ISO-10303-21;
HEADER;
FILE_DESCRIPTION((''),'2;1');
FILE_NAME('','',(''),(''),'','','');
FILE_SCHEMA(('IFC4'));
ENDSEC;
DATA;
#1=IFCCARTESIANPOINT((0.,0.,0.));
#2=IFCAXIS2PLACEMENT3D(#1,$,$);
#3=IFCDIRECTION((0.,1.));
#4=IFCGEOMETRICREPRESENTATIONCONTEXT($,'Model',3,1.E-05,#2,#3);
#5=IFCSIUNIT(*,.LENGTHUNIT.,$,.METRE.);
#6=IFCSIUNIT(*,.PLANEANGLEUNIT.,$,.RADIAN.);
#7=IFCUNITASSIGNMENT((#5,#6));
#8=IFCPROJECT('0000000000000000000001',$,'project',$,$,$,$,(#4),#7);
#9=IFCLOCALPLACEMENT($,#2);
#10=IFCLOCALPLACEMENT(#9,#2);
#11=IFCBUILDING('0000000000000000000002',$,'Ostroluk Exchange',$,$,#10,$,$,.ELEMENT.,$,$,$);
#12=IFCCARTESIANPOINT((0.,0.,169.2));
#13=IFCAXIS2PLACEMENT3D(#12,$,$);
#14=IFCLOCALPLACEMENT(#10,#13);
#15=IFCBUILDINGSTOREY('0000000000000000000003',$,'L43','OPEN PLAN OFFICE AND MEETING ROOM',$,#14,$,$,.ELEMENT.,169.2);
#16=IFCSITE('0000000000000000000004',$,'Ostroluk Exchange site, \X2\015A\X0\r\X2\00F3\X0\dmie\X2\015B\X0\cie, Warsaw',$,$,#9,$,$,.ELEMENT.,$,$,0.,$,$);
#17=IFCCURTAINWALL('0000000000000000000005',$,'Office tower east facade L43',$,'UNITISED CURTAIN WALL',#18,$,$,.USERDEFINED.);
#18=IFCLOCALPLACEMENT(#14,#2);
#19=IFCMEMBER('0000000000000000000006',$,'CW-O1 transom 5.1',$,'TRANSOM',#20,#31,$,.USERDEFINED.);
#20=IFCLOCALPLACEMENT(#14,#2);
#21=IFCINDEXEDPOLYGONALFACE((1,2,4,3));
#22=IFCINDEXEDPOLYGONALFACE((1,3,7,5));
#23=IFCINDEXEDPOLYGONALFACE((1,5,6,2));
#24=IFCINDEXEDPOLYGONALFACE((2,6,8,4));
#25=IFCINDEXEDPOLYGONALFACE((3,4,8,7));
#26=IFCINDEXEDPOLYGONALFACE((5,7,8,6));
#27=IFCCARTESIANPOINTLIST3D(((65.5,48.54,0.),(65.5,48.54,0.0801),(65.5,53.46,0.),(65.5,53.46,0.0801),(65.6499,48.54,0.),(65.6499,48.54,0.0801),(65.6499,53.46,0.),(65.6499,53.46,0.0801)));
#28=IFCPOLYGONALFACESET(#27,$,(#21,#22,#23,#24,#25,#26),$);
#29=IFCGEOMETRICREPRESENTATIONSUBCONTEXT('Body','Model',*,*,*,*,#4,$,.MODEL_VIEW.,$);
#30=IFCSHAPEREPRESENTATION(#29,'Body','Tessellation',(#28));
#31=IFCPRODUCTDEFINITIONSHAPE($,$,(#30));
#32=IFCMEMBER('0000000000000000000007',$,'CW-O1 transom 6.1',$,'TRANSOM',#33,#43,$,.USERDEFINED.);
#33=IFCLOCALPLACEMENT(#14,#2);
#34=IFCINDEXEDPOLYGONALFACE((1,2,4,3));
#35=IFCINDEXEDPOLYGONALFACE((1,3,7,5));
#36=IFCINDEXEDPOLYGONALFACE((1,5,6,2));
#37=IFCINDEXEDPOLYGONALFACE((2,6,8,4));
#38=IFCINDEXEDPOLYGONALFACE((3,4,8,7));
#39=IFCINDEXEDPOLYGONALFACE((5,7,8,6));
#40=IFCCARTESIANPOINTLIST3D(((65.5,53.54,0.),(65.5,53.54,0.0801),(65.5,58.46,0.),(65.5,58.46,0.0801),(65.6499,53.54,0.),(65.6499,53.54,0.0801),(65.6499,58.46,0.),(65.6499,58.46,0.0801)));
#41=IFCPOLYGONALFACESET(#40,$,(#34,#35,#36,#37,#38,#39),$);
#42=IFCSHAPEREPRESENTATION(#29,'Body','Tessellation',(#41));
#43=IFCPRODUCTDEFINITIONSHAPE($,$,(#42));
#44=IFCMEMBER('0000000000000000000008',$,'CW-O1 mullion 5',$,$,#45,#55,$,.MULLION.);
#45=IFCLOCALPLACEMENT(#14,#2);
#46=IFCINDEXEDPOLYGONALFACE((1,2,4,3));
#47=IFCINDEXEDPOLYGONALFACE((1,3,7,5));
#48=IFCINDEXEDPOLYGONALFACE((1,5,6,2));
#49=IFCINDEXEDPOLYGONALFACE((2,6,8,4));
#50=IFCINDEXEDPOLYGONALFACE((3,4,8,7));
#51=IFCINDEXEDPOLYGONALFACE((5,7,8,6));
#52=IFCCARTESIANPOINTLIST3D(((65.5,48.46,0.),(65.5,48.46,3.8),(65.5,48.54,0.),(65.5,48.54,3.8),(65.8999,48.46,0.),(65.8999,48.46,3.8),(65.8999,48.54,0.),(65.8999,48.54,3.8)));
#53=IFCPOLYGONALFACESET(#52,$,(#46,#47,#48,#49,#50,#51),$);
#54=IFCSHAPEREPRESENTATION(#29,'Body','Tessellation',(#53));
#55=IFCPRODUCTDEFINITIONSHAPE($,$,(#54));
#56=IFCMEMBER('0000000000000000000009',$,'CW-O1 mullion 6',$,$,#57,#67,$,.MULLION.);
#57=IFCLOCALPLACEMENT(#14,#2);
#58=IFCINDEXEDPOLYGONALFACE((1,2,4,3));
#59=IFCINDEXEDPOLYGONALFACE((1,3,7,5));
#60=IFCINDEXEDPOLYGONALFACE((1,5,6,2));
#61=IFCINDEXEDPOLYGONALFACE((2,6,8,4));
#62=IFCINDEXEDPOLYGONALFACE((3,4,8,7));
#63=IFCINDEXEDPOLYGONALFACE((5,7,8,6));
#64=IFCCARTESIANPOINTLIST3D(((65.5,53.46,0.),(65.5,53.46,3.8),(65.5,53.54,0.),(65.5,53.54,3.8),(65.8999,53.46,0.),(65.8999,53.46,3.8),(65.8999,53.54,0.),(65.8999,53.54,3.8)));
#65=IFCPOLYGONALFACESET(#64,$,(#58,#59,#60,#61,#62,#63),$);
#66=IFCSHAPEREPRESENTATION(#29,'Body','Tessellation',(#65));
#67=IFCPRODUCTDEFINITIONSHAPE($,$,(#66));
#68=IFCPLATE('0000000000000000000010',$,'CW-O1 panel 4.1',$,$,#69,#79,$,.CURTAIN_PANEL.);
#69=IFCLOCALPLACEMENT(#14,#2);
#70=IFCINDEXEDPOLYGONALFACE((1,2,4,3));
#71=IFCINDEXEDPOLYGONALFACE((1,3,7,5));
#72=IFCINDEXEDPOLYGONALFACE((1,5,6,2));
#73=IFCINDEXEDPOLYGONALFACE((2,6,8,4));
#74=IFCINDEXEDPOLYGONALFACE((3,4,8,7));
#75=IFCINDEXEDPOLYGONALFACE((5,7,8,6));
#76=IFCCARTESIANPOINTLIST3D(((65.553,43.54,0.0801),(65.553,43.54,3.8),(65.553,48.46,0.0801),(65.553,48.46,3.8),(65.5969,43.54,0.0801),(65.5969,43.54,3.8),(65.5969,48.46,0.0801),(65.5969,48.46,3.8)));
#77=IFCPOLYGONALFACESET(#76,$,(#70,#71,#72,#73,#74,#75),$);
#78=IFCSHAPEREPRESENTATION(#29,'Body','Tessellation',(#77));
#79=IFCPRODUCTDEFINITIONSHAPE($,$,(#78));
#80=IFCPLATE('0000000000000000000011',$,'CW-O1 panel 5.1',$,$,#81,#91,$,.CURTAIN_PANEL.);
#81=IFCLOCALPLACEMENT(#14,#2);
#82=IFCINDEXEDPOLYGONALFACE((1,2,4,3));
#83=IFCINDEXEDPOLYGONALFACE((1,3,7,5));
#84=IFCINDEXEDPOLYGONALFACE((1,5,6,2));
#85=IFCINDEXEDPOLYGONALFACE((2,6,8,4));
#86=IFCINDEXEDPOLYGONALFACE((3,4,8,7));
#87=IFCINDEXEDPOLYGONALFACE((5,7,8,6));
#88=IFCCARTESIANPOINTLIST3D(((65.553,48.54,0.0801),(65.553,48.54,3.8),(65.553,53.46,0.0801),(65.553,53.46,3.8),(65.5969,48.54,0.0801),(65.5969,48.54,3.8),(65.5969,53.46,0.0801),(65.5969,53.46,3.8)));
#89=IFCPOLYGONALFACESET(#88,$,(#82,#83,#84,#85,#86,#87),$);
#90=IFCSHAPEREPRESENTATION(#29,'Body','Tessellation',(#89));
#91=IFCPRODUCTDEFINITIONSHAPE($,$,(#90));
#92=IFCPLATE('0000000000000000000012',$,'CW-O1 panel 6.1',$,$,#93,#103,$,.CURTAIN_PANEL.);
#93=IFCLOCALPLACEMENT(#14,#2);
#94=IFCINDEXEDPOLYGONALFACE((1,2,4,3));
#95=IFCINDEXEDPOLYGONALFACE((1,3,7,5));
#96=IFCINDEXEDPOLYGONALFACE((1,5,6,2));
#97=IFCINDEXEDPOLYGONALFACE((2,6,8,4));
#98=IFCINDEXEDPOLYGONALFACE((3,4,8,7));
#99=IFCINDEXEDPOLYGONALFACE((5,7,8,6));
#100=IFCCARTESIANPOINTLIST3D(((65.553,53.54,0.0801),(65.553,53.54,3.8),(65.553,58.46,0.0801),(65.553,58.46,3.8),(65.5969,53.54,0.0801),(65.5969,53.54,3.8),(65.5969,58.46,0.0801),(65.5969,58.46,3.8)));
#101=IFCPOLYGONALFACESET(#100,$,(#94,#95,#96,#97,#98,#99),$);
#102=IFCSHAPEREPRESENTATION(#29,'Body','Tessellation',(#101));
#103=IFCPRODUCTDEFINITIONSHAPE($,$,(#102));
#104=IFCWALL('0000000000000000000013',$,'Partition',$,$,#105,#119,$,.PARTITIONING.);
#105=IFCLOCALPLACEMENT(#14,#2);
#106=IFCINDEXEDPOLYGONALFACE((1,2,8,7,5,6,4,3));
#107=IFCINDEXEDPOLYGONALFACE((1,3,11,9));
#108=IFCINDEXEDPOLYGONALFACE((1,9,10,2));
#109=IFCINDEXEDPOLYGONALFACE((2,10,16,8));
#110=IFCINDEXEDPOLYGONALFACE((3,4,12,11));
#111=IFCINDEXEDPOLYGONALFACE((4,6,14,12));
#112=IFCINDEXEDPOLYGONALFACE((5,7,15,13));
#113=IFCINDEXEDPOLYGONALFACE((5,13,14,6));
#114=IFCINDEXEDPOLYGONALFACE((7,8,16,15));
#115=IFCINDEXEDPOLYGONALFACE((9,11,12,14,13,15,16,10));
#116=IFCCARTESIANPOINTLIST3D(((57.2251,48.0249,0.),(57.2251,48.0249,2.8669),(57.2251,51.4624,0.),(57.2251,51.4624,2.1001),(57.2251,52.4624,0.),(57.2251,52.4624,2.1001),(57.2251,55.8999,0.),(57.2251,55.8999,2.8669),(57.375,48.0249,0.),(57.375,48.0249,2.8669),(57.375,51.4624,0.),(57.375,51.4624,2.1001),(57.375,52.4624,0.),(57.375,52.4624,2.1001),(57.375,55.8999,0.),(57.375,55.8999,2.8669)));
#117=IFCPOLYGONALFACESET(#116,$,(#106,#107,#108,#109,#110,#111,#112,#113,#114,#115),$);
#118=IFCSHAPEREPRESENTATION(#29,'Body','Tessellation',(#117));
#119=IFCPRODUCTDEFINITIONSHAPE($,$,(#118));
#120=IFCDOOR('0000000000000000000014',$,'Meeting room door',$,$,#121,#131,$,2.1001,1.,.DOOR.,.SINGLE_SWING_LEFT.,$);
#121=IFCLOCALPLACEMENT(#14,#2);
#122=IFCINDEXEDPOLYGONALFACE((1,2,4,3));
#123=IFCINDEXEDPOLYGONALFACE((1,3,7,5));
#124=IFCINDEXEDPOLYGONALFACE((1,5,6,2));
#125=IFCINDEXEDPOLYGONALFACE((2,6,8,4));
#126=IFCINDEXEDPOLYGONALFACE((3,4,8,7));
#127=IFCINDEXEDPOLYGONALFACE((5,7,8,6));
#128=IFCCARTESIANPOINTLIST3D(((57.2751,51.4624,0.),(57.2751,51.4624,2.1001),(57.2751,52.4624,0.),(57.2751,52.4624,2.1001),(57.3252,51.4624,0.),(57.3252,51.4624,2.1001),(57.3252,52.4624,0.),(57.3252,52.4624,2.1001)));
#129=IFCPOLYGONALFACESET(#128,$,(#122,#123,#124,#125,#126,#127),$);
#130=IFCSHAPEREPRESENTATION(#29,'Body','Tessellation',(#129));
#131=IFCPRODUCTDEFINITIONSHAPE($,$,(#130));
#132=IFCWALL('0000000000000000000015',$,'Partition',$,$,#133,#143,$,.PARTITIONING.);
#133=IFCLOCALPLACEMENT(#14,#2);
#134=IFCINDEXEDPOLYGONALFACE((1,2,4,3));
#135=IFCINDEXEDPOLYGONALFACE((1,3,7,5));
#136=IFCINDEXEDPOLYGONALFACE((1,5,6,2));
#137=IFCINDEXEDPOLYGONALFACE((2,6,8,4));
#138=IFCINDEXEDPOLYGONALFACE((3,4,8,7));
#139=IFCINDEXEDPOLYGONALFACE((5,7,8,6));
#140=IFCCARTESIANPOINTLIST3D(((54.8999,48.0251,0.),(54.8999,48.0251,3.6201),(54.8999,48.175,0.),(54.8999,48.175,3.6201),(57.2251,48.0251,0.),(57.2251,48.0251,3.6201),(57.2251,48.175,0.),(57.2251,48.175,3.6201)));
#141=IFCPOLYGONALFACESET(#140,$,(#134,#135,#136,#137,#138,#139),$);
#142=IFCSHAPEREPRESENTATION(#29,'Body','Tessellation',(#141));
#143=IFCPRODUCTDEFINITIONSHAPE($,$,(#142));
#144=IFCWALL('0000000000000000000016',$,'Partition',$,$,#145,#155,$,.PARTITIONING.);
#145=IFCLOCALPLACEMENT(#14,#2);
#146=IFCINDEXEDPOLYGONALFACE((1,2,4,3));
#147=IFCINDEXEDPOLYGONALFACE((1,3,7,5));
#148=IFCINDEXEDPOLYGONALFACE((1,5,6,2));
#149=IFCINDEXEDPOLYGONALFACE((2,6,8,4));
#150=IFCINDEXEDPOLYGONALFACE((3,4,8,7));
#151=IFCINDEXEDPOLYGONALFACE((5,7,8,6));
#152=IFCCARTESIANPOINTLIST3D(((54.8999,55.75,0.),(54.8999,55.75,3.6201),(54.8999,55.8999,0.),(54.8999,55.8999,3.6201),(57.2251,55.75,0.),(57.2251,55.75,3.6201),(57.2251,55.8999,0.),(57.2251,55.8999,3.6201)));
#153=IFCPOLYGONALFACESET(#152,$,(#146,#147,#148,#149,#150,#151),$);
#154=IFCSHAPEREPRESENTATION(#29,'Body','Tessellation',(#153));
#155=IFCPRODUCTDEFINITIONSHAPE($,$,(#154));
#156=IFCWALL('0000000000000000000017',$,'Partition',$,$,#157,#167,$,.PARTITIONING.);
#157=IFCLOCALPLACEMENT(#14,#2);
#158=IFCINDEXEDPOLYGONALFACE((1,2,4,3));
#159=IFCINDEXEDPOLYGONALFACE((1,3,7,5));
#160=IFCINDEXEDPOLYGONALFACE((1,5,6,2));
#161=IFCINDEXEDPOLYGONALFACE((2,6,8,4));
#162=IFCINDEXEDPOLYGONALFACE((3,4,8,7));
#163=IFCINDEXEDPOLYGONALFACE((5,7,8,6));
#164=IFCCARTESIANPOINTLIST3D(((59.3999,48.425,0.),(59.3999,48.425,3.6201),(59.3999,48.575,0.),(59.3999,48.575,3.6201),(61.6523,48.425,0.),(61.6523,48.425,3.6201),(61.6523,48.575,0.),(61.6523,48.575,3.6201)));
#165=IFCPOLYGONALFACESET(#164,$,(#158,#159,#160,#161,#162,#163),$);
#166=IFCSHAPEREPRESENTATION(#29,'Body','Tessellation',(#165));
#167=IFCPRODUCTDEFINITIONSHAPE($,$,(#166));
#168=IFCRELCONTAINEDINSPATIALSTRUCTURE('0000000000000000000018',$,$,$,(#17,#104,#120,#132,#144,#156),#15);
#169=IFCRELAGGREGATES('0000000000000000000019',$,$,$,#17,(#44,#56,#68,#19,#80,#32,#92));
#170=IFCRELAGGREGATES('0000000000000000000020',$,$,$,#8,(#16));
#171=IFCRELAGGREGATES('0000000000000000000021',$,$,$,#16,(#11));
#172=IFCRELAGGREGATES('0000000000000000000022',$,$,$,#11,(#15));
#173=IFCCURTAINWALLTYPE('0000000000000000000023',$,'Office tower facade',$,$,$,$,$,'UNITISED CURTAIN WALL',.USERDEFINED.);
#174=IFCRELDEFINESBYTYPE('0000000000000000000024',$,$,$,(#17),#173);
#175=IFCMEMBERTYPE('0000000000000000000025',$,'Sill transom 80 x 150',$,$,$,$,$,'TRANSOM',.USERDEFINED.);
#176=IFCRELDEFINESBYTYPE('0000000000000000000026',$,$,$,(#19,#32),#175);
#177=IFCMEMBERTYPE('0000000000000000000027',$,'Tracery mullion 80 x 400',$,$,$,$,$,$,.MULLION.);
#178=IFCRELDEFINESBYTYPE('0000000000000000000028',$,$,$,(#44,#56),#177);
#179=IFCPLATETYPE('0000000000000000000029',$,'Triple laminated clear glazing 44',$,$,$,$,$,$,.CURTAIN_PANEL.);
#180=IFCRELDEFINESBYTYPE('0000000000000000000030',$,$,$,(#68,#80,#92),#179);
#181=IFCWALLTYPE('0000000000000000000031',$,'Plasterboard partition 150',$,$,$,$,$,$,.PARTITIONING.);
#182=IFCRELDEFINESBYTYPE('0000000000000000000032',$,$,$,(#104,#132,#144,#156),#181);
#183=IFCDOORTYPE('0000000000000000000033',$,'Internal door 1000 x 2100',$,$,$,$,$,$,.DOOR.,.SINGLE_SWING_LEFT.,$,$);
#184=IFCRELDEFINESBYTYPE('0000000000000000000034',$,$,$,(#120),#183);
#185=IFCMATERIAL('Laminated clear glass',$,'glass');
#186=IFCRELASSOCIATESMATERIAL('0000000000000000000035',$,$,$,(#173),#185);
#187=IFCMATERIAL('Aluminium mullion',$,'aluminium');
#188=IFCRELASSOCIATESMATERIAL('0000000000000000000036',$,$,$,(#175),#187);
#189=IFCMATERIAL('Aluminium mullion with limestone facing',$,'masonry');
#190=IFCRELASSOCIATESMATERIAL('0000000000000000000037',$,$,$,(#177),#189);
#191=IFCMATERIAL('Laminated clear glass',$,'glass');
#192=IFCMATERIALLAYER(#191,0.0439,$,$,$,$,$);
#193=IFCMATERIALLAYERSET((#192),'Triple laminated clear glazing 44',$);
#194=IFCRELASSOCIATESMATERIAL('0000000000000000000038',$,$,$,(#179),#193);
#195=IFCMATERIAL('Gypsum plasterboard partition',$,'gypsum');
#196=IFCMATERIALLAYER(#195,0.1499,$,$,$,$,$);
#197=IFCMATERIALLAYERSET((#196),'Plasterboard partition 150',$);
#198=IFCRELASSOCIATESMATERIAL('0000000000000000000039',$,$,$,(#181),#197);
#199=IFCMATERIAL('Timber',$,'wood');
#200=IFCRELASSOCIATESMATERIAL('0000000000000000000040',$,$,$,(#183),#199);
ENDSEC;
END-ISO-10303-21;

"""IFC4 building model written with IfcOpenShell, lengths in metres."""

from ifc_helpers import new_model, si_unit, direction, frame, frame_2d, origin, origin_2d, place, context, subcontext, project, spatial, rectangle, extrude, material, layer, layer_set, material_profile, profile_set, type_object, element, fill, aggregate, save


model = new_model("IFC4")

# Units and contexts
model_context = context("Model", 3, precision=1e-05, world=origin(), true_north=direction((0.0, 1.0)))
body_context = subcontext(model_context, "Body", "Model", "MODEL_VIEW")
ifc_project = project(units=[si_unit("LENGTHUNIT", "METRE"), si_unit("PLANEANGLEUNIT", "RADIAN")], contexts=[model_context])

# Site, building, storey
site_placement = place(None, origin())
site = spatial("IfcSite", under=ifc_project, at=site_placement, Name="Ostroluk Exchange site, Śródmieście, Warsaw", CompositionType="ELEMENT", RefElevation=0.0)
building_placement = place(site_placement, origin())
building = spatial("IfcBuilding", under=site, at=building_placement, Name="Ostroluk Exchange", CompositionType="ELEMENT")
storey_placement = place(building_placement, frame((0.0, 0.0, 169.2)))
storey = spatial("IfcBuildingStorey", under=building, at=storey_placement, Name="L43", Description="OPEN PLAN OFFICE AND MEETING ROOM", CompositionType="ELEMENT", Elevation=169.2)

# Curtain wall, members, plates
ifc_material_1 = material(Name="Laminated clear glass", Category="glass")
curtain_wall_type = type_object("IfcCurtainWallType", Name="Office tower facade", ElementType="UNITISED CURTAIN WALL", PredefinedType="USERDEFINED", material=ifc_material_1)
curtain_wall_placement = place(storey_placement, origin())
curtain_wall = element("IfcCurtainWall", 1, at=curtain_wall_placement, inside=storey, type_object=curtain_wall_type, Name="Office tower east facade L43", ObjectType="UNITISED CURTAIN WALL", PredefinedType="USERDEFINED")
ifc_material_2 = material(Name="Aluminium mullion", Category="aluminium")
ifc_material_profile_1 = material_profile(ifc_material_2, rectangle(XDim=0.1499, YDim=0.0801, at=origin_2d()), Name="Sill transom 80 x 150")
ifc_profile_set_1 = profile_set([ifc_material_profile_1], Name="Aluminium mullion")
member_type_1 = type_object("IfcMemberType", Name="Sill transom 80 x 150", ElementType="TRANSOM", PredefinedType="USERDEFINED", material=ifc_profile_set_1)
member_1_placement = place(storey_placement, frame((65.575, 48.54, 0.04), z_axis=(0.0, 1.0, 0.0), x_axis=(-1.0, 0.0, 0.0)))
member_1 = element("IfcMember", 2, at=member_1_placement, type_object=member_type_1, Name="CW-O1 transom 5.1", ObjectType="TRANSOM", PredefinedType="USERDEFINED", context=body_context, shape_type="SweptSolid", body=[
    extrude(rectangle(XDim=0.1499, YDim=0.0801, at=origin_2d()), origin(), (0.0, 0.0, 1.0), 4.9199),
])
member_2_placement = place(storey_placement, frame((65.575, 53.54, 0.04), z_axis=(0.0, 1.0, 0.0), x_axis=(-1.0, 0.0, 0.0)))
member_2 = element("IfcMember", 3, at=member_2_placement, type_object=member_type_1, Name="CW-O1 transom 6.1", ObjectType="TRANSOM", PredefinedType="USERDEFINED", context=body_context, shape_type="SweptSolid", body=[
    extrude(rectangle(XDim=0.1499, YDim=0.0801, at=origin_2d()), origin(), (0.0, 0.0, 1.0), 4.9199),
])
ifc_material_3 = material(Name="Aluminium mullion with limestone facing", Category="masonry")
ifc_material_profile_2 = material_profile(ifc_material_3, rectangle(XDim=0.3999, YDim=0.0801, at=origin_2d()), Name="Tracery mullion 80 x 400")
ifc_profile_set_2 = profile_set([ifc_material_profile_2], Name="Aluminium mullion with limestone facing")
member_type_2 = type_object("IfcMemberType", Name="Tracery mullion 80 x 400", PredefinedType="MULLION", material=ifc_profile_set_2)
member_3_placement = place(storey_placement, frame((65.7, 48.5, 0.0), z_axis=(0.0, 0.0, 1.0), x_axis=(-1.0, 0.0, 0.0)))
member_3 = element("IfcMember", 4, at=member_3_placement, type_object=member_type_2, Name="CW-O1 mullion 5", PredefinedType="MULLION", context=body_context, shape_type="SweptSolid", body=[
    extrude(rectangle(XDim=0.3999, YDim=0.0801, at=origin_2d()), origin(), (0.0, 0.0, 1.0), 3.8),
])
member_4_placement = place(storey_placement, frame((65.7, 53.5, 0.0), z_axis=(0.0, 0.0, 1.0), x_axis=(-1.0, 0.0, 0.0)))
member_4 = element("IfcMember", 5, at=member_4_placement, type_object=member_type_2, Name="CW-O1 mullion 6", PredefinedType="MULLION", context=body_context, shape_type="SweptSolid", body=[
    extrude(rectangle(XDim=0.3999, YDim=0.0801, at=origin_2d()), origin(), (0.0, 0.0, 1.0), 3.8),
])
ifc_material_4 = material(Name="Laminated clear glass", Category="glass")
ifc_layer_1 = layer(ifc_material_4, 0.0439)
ifc_layer_set_1 = layer_set([ifc_layer_1], Name="Triple laminated clear glazing 44")
plate_type = type_object("IfcPlateType", Name="Triple laminated clear glazing 44", PredefinedType="CURTAIN_PANEL", material=ifc_layer_set_1)
plate_1_placement = place(storey_placement, frame((65.575, 46.0, 0.0801), z_axis=(0.0, 0.0, 1.0), x_axis=(0.0, 1.0, 0.0)))
plate_1 = element("IfcPlate", 6, at=plate_1_placement, type_object=plate_type, Name="CW-O1 panel 4.1", PredefinedType="CURTAIN_PANEL", context=body_context, shape_type="SweptSolid", body=[
    extrude(rectangle(XDim=4.9199, YDim=0.0439, at=origin_2d()), origin(), (0.0, 0.0, 1.0), 3.72),
])
plate_2_placement = place(storey_placement, frame((65.575, 51.0, 0.0801), z_axis=(0.0, 0.0, 1.0), x_axis=(0.0, 1.0, 0.0)))
plate_2 = element("IfcPlate", 7, at=plate_2_placement, type_object=plate_type, Name="CW-O1 panel 5.1", PredefinedType="CURTAIN_PANEL", context=body_context, shape_type="SweptSolid", body=[
    extrude(rectangle(XDim=4.9199, YDim=0.0439, at=origin_2d()), origin(), (0.0, 0.0, 1.0), 3.72),
])
plate_3_placement = place(storey_placement, frame((65.575, 56.0, 0.0801), z_axis=(0.0, 0.0, 1.0), x_axis=(0.0, 1.0, 0.0)))
plate_3 = element("IfcPlate", 8, at=plate_3_placement, type_object=plate_type, Name="CW-O1 panel 6.1", PredefinedType="CURTAIN_PANEL", context=body_context, shape_type="SweptSolid", body=[
    extrude(rectangle(XDim=4.9199, YDim=0.0439, at=origin_2d()), origin(), (0.0, 0.0, 1.0), 3.72),
])
aggregate(curtain_wall, [member_3, member_4, plate_1, member_1, plate_2, member_2, plate_3])

# Wall, opening, door
ifc_material_5 = material(Name="Gypsum plasterboard partition", Category="gypsum")
ifc_layer_2 = layer(ifc_material_5, 0.1499)
ifc_layer_set_2 = layer_set([ifc_layer_2], Name="Plasterboard partition 150")
wall_type = type_object("IfcWallType", Name="Plasterboard partition 150", PredefinedType="PARTITIONING", material=ifc_layer_set_2)
wall_1_placement = place(storey_placement, frame((57.3, 48.0249, 0.0), z_axis=(0.0, 0.0, 1.0), x_axis=(0.0, 1.0, 0.0)))
wall_1 = element("IfcWall", 9, at=wall_1_placement, inside=storey, type_object=wall_type, Name="Partition", PredefinedType="PARTITIONING", context=body_context, shape_type="SweptSolid", body=[
    extrude(rectangle(XDim=7.875, YDim=0.1499, at=frame_2d((3.9375, 0.0))), origin(), (0.0, 0.0, 1.0), 2.8669),
])
opening_placement = place(wall_1_placement, frame((3.4375, 0.0, 0.0)))
opening = element("IfcOpeningElement", 10, at=opening_placement, cuts=wall_1, PredefinedType="OPENING", context=body_context, shape_type="SweptSolid", body=[
    extrude(rectangle(XDim=1.0, YDim=2.1001, at=frame_2d((0.5, 1.05))), frame((0.0, 0.085, 0.0), z_axis=(0.0, -1.0, 0.0), x_axis=(1.0, 0.0, 0.0)), (0.0, 0.0, 1.0), 0.1699),
])
ifc_material_6 = material(Name="Timber", Category="wood")
door_type = type_object("IfcDoorType", Name="Internal door 1000 x 2100", OperationType="SINGLE_SWING_LEFT", PredefinedType="DOOR", material=ifc_material_6)
door_placement = place(opening_placement, origin())
door = element("IfcDoor", 11, at=door_placement, inside=storey, type_object=door_type, Name="Meeting room door", OperationType="SINGLE_SWING_LEFT", OverallHeight=2.1001, OverallWidth=1.0, PredefinedType="DOOR", context=body_context, shape_type="SweptSolid", body=[
    extrude(rectangle(XDim=1.0, YDim=2.1001, at=frame_2d((0.5, 1.05))), frame((0.0, 0.0249, 0.0), z_axis=(0.0, -1.0, 0.0), x_axis=(1.0, 0.0, 0.0)), (0.0, 0.0, 1.0), 0.05),
])
fill(opening, door)

# Walls
for number, where, z_axis, x_axis, name in (
    (12, (54.8999, 48.1001, 0.0), (0.0, 0.0, 1.0), (1.0, 0.0, 0.0), "Partition"),
    (13, (54.8999, 55.825, 0.0), (0.0, 0.0, 1.0), (1.0, 0.0, 0.0), "Partition"),
):
    element("IfcWall", number, at=place(storey_placement, frame(where, z_axis=z_axis, x_axis=x_axis)), inside=storey, type_object=wall_type, Name=name, PredefinedType="PARTITIONING", context=body_context, shape_type="SweptSolid", body=[
        extrude(rectangle(XDim=2.3252, YDim=0.1499, at=frame_2d((1.1626, 0.0))), origin(), (0.0, 0.0, 1.0), 3.6201),
    ])
wall_2_placement = place(storey_placement, frame((59.3999, 48.5, 0.0), z_axis=(0.0, 0.0, 1.0), x_axis=(1.0, 0.0, 0.0)))
element("IfcWall", 14, at=wall_2_placement, inside=storey, type_object=wall_type, Name="Partition", PredefinedType="PARTITIONING", context=body_context, shape_type="SweptSolid", body=[
    extrude(rectangle(XDim=2.2524, YDim=0.1499, at=frame_2d((1.1262, 0.0))), origin(), (0.0, 0.0, 1.0), 3.6201),
])

save(model, "model.ifc")
